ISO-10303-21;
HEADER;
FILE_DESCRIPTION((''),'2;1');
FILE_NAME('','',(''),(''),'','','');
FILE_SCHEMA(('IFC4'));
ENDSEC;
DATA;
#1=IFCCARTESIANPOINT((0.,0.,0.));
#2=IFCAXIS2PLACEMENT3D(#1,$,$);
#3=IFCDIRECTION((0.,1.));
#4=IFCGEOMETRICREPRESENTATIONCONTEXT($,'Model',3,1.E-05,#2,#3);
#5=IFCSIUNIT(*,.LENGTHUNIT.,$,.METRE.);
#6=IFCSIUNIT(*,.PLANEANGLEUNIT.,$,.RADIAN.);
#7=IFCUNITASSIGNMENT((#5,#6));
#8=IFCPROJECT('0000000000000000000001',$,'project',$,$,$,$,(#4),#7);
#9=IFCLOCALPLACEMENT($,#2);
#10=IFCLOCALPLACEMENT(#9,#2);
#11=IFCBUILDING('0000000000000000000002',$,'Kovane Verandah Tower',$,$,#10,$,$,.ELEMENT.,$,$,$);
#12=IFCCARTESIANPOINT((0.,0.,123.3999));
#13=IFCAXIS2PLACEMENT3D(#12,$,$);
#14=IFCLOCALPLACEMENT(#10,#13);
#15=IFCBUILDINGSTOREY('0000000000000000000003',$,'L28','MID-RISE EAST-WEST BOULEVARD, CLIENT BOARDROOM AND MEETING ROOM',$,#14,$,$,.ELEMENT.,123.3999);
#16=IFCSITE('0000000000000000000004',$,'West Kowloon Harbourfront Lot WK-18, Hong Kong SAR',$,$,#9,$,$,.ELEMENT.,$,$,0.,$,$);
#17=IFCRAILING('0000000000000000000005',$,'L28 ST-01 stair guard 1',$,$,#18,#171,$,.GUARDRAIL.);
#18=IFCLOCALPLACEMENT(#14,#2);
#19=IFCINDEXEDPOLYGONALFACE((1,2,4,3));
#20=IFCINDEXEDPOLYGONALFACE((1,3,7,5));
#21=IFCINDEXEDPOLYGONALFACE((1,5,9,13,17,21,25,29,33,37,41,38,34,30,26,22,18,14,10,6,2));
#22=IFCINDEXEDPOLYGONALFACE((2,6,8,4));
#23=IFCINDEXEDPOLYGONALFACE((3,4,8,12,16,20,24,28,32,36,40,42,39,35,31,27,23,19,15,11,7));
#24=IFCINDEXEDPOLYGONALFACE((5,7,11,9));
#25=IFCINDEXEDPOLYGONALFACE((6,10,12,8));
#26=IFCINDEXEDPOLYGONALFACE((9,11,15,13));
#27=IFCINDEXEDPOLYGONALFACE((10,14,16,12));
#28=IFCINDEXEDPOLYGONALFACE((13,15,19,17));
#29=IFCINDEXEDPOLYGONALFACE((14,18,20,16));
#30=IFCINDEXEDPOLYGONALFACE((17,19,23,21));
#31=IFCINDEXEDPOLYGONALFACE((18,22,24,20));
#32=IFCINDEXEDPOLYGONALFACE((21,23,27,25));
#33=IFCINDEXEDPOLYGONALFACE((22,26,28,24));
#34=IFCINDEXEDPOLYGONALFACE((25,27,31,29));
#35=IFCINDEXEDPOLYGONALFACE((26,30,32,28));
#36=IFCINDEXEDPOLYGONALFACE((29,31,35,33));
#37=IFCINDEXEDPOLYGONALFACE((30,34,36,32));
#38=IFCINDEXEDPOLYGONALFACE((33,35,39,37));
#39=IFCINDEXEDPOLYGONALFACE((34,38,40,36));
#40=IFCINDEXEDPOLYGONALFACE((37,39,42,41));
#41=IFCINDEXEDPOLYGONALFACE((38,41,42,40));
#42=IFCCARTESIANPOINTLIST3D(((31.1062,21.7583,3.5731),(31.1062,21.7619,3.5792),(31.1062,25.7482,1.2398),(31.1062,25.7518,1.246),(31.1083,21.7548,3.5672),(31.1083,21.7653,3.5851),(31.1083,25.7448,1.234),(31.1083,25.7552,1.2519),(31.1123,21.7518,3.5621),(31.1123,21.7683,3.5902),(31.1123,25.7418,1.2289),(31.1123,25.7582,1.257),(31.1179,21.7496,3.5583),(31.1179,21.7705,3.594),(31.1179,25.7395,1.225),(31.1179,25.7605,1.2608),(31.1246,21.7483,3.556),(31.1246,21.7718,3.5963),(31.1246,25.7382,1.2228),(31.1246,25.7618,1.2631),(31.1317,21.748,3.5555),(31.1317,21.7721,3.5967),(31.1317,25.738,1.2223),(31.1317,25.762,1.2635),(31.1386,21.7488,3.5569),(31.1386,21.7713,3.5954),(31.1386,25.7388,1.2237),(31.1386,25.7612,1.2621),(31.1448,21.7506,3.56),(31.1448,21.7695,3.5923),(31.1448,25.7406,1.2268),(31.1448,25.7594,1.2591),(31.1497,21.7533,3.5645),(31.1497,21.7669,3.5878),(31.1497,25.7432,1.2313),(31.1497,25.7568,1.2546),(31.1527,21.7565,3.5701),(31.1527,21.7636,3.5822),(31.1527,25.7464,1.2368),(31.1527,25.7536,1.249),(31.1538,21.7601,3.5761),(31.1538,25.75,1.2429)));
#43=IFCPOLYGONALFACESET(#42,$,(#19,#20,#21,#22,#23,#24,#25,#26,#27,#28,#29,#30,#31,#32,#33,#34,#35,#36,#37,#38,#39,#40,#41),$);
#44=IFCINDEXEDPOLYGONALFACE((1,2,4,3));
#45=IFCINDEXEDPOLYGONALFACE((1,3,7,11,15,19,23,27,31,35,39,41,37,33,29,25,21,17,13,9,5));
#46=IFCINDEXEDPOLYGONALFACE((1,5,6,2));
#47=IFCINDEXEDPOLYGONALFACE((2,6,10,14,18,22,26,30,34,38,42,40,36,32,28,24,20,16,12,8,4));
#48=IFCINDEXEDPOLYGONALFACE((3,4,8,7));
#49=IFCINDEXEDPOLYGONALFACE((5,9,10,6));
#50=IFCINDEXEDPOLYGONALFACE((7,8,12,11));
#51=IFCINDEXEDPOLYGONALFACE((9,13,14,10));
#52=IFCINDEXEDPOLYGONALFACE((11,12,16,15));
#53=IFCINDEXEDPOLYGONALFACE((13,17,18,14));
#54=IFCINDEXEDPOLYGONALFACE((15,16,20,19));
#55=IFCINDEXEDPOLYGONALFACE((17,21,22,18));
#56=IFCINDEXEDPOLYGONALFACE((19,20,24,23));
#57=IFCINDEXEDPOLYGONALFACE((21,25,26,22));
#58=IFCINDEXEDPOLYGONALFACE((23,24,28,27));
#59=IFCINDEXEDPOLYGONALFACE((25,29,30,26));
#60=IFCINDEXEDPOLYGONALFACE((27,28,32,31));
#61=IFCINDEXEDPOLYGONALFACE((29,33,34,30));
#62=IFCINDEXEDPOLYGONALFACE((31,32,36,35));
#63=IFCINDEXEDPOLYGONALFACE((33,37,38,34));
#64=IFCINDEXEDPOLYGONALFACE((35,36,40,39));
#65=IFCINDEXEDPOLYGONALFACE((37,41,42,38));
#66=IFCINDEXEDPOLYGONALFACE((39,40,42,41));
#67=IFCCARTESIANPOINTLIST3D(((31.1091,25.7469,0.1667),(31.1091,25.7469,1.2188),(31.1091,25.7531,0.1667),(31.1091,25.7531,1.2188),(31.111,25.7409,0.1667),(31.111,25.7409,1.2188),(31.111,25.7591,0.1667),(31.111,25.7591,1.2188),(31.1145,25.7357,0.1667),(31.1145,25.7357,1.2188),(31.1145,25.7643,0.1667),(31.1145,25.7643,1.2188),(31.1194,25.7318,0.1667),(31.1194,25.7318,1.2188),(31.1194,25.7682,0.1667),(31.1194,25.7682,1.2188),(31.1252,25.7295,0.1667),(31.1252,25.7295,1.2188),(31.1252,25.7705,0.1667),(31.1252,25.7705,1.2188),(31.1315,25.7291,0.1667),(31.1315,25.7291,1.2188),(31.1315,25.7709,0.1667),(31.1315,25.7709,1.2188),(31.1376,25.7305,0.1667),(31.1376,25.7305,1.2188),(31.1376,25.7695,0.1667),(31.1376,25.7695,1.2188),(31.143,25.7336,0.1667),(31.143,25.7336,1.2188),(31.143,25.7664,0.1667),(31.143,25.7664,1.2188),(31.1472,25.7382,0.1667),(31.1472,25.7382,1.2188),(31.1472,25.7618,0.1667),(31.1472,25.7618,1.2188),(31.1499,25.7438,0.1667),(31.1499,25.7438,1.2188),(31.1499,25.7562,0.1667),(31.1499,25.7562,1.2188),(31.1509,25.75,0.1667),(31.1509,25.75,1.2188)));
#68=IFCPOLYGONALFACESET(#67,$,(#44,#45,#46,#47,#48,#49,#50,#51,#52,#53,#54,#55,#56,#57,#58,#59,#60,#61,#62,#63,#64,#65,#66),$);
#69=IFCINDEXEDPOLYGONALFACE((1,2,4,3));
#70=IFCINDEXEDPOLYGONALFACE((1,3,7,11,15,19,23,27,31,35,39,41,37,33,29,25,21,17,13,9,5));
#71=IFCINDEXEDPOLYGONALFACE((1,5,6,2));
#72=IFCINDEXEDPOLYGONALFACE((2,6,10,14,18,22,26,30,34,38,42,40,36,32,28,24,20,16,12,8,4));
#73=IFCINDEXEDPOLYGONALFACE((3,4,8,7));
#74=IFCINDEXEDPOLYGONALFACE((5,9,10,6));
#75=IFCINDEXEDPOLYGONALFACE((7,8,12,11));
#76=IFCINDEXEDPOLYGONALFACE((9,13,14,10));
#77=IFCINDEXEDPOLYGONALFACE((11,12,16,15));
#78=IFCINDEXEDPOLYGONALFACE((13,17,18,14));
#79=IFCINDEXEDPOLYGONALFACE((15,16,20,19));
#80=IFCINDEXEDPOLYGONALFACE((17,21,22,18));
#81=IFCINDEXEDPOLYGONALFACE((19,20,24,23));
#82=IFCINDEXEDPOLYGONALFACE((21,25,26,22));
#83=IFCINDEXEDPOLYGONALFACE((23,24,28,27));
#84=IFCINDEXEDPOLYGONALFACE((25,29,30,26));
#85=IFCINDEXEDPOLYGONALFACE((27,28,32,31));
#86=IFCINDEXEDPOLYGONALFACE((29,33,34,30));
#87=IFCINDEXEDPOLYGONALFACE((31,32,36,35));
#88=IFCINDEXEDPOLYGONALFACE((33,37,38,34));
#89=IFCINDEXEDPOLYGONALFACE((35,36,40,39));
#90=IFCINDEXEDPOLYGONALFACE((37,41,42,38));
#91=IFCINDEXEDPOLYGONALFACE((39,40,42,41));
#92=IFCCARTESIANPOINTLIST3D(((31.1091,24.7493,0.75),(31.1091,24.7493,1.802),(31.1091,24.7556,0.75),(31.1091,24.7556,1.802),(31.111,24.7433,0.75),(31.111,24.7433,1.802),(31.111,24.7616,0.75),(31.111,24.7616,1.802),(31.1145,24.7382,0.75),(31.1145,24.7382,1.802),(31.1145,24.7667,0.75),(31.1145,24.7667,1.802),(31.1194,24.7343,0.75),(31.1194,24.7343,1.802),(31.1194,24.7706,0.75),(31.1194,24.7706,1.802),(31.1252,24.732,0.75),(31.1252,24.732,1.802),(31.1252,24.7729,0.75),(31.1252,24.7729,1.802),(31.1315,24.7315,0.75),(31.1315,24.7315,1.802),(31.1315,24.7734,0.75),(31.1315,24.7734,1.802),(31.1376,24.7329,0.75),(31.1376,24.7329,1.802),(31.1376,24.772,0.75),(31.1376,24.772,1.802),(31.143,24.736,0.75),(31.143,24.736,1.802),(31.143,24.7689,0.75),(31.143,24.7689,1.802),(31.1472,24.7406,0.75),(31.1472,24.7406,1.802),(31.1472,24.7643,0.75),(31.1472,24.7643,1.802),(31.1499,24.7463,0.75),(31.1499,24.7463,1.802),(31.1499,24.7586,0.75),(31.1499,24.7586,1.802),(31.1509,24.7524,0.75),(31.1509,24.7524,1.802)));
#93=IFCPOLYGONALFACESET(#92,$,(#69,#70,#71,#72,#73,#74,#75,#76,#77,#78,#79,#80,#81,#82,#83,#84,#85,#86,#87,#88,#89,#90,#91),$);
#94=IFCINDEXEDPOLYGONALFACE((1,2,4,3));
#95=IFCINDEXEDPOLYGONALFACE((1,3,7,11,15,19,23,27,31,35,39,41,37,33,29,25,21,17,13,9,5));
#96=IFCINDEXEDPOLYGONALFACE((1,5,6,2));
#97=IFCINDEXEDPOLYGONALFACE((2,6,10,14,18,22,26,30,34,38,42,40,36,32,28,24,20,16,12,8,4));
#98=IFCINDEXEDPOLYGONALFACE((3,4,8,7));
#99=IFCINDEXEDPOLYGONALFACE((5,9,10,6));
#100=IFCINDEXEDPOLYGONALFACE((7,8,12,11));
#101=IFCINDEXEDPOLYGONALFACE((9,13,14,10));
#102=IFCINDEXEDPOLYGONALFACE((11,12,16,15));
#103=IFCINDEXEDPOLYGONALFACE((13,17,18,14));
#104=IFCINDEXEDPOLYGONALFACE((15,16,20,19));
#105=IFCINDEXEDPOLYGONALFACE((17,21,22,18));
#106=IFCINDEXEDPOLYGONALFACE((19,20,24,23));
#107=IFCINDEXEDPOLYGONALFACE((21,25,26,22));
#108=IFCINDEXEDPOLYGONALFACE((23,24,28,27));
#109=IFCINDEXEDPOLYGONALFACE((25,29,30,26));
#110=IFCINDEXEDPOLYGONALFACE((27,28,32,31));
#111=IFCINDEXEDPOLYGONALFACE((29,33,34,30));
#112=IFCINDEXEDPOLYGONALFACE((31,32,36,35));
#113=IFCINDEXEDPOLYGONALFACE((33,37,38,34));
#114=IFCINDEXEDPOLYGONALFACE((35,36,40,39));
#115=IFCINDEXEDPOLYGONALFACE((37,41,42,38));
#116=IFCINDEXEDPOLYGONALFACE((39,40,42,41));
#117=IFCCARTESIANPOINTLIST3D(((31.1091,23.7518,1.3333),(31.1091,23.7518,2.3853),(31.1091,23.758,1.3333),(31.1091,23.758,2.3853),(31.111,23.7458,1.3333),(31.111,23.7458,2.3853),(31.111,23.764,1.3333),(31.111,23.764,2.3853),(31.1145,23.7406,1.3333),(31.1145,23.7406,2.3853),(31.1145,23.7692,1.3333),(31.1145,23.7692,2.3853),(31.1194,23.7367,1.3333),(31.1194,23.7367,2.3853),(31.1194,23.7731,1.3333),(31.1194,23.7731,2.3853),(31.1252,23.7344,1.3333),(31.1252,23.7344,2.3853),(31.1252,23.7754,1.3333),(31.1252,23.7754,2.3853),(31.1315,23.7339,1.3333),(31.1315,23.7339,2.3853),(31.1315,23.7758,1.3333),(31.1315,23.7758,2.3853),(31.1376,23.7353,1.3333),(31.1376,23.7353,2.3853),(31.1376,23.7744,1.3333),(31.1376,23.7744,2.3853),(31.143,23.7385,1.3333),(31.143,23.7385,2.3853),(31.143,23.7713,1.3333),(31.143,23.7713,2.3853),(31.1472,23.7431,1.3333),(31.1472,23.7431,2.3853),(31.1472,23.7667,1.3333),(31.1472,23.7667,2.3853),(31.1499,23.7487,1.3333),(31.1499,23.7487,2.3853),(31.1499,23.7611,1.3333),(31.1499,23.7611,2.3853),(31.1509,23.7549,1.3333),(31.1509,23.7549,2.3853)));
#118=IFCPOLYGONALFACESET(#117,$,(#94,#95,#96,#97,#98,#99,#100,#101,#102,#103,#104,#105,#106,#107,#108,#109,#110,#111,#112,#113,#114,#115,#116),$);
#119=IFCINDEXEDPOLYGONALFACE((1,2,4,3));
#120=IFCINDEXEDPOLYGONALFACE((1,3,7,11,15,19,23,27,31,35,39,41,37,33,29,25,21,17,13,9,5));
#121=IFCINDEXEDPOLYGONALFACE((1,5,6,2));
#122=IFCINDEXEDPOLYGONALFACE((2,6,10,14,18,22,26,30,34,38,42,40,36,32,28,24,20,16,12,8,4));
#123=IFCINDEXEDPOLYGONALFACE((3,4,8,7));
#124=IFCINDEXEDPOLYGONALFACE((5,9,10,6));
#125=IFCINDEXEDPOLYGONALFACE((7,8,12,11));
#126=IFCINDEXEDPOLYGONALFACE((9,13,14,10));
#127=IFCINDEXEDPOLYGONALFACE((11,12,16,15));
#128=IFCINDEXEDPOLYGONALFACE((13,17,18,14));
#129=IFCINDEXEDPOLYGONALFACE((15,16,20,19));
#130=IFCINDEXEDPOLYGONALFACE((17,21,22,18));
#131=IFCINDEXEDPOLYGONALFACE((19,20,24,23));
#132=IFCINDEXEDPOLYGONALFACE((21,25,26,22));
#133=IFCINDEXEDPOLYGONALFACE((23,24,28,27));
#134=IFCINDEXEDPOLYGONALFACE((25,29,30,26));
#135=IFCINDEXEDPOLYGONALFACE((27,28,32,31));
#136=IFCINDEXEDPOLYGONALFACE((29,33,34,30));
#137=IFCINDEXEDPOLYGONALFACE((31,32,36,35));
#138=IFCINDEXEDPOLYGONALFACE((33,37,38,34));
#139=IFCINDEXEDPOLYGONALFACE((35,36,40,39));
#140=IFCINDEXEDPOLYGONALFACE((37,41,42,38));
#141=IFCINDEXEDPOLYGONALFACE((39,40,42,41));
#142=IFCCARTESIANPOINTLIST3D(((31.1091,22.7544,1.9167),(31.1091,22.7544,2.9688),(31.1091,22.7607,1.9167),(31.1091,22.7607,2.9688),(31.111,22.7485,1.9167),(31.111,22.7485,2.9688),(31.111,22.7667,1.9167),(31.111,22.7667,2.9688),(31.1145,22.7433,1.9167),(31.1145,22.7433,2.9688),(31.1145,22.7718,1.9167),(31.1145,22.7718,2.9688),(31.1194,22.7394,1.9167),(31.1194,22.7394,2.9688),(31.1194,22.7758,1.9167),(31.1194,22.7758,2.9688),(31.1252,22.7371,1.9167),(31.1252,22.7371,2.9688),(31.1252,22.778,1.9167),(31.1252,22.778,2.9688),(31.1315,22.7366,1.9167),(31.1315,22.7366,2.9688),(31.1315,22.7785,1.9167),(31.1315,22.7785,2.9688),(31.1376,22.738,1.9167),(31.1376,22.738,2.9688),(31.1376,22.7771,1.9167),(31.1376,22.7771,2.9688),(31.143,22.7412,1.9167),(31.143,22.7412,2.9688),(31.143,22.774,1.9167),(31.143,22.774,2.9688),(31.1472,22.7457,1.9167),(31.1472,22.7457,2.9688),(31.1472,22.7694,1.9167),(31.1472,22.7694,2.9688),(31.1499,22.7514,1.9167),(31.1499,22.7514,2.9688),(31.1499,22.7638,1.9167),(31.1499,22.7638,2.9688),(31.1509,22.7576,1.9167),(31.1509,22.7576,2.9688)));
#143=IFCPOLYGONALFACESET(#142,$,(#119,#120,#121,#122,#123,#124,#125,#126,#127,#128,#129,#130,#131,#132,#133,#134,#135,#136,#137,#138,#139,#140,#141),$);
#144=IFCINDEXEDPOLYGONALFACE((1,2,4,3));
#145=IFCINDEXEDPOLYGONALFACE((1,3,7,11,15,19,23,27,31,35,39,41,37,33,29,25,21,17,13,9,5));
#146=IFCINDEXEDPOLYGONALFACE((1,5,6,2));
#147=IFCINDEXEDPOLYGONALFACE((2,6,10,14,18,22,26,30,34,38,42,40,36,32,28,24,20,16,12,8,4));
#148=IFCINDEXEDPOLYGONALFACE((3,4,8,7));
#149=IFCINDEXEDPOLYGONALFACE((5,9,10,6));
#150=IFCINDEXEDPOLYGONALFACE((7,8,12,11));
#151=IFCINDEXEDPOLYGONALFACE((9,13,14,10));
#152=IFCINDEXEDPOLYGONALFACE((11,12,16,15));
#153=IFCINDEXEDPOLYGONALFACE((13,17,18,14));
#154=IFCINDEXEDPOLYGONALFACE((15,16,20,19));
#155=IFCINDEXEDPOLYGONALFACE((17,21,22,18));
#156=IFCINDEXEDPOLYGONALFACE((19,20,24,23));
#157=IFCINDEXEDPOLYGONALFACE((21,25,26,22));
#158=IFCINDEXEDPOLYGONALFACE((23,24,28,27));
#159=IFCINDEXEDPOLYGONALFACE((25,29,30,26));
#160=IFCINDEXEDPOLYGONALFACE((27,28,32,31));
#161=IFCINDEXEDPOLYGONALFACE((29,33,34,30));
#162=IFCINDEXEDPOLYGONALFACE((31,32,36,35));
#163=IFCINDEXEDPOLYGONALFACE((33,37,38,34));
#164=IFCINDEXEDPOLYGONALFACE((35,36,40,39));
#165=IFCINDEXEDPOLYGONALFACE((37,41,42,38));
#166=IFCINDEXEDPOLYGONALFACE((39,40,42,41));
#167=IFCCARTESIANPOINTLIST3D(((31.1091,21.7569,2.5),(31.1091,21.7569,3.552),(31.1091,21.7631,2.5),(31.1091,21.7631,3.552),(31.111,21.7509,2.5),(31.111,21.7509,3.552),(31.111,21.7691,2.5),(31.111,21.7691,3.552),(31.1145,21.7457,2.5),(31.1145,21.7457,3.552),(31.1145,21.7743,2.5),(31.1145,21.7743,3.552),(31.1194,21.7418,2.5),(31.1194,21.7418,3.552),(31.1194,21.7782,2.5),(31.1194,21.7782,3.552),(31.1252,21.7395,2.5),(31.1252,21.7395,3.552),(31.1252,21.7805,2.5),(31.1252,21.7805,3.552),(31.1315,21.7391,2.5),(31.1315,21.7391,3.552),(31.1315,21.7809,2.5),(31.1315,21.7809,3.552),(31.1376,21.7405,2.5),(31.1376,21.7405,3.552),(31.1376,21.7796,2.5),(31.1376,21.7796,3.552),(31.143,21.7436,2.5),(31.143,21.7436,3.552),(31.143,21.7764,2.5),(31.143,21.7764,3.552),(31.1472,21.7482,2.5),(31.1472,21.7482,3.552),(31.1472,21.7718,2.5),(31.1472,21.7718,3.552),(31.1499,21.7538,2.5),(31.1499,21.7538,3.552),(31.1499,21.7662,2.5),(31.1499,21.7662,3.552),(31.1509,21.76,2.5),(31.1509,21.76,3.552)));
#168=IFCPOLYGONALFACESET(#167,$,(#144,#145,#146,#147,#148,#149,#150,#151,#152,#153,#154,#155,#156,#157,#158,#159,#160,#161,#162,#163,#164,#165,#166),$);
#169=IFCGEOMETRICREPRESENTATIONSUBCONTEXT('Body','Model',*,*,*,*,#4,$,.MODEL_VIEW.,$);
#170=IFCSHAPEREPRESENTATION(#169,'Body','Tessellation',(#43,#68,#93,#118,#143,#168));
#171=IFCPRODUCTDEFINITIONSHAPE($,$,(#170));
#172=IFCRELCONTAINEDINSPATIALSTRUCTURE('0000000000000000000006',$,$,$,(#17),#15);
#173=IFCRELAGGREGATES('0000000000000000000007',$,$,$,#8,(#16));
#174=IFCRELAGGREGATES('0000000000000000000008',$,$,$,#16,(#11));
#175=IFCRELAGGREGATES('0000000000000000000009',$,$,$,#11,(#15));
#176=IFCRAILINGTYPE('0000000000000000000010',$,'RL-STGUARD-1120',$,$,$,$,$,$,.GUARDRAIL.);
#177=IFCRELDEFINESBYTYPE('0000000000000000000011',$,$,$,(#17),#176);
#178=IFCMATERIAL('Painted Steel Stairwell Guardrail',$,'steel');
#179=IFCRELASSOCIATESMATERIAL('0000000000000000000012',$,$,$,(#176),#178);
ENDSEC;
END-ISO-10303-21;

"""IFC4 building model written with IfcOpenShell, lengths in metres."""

from ifc_helpers import new_model, si_unit, direction, frame, origin, origin_2d, place, context, subcontext, project, spatial, circle, extrude, material, type_object, element, save


model = new_model("IFC4")

# Units and contexts
model_context = context("Model", 3, precision=1e-05, world=origin(), true_north=direction((0.0, 1.0)))
body_context = subcontext(model_context, "Body", "Model", "MODEL_VIEW")
ifc_project = project(units=[si_unit("LENGTHUNIT", "METRE"), si_unit("PLANEANGLEUNIT", "RADIAN")], contexts=[model_context])

# Site, building, storey
site_placement = place(None, origin())
site = spatial("IfcSite", under=ifc_project, at=site_placement, Name="West Kowloon Harbourfront Lot WK-18, Hong Kong SAR", CompositionType="ELEMENT", RefElevation=0.0)
building_placement = place(site_placement, origin())
building = spatial("IfcBuilding", under=site, at=building_placement, Name="Kovane Verandah Tower", CompositionType="ELEMENT")
storey_placement = place(building_placement, frame((0.0, 0.0, 123.3999)))
storey = spatial("IfcBuildingStorey", under=building, at=storey_placement, Name="L28", Description="MID-RISE EAST-WEST BOULEVARD, CLIENT BOARDROOM AND MEETING ROOM", CompositionType="ELEMENT", Elevation=123.3999)

# Railing
ifc_material_1 = material(Name="Painted Steel Stairwell Guardrail", Category="steel")
railing_type_1 = type_object("IfcRailingType", Name="RL-STGUARD-1120", PredefinedType="GUARDRAIL", material=ifc_material_1)
railing_1_placement = place(storey_placement, frame((31.1299, 25.75, 0.1667)))
element("IfcRailing", 1, at=railing_1_placement, inside=storey, type_object=railing_type_1, Name="L28 ST-01 stair guard 1", PredefinedType="GUARDRAIL", context=body_context, shape_type="SweptSolid", body=[
    extrude(circle(Radius=0.0239, at=origin_2d()), frame((0.0, 0.0, 1.0762), z_axis=(0.0, -0.863236, 0.5048), x_axis=(1.0, 0.0, 0.0)), (0.0, 0.0, 1.0), 4.6221),
    extrude(circle(Radius=0.021, at=origin_2d()), origin(), (0.0, 0.0, 1.0), 1.052),
    extrude(circle(Radius=0.021, at=origin_2d()), frame((0.0, -0.9976, 0.5833)), (0.0, 0.0, 1.0), 1.052),
    extrude(circle(Radius=0.021, at=origin_2d()), frame((0.0, -1.9951, 1.1665)), (0.0, 0.0, 1.0), 1.052),
    extrude(circle(Radius=0.021, at=origin_2d()), frame((0.0, -2.9924, 1.75)), (0.0, 0.0, 1.0), 1.052),
    extrude(circle(Radius=0.021, at=origin_2d()), frame((0.0, -3.99, 2.3333)), (0.0, 0.0, 1.0), 1.052),
])

save(model, "model.ifc")
